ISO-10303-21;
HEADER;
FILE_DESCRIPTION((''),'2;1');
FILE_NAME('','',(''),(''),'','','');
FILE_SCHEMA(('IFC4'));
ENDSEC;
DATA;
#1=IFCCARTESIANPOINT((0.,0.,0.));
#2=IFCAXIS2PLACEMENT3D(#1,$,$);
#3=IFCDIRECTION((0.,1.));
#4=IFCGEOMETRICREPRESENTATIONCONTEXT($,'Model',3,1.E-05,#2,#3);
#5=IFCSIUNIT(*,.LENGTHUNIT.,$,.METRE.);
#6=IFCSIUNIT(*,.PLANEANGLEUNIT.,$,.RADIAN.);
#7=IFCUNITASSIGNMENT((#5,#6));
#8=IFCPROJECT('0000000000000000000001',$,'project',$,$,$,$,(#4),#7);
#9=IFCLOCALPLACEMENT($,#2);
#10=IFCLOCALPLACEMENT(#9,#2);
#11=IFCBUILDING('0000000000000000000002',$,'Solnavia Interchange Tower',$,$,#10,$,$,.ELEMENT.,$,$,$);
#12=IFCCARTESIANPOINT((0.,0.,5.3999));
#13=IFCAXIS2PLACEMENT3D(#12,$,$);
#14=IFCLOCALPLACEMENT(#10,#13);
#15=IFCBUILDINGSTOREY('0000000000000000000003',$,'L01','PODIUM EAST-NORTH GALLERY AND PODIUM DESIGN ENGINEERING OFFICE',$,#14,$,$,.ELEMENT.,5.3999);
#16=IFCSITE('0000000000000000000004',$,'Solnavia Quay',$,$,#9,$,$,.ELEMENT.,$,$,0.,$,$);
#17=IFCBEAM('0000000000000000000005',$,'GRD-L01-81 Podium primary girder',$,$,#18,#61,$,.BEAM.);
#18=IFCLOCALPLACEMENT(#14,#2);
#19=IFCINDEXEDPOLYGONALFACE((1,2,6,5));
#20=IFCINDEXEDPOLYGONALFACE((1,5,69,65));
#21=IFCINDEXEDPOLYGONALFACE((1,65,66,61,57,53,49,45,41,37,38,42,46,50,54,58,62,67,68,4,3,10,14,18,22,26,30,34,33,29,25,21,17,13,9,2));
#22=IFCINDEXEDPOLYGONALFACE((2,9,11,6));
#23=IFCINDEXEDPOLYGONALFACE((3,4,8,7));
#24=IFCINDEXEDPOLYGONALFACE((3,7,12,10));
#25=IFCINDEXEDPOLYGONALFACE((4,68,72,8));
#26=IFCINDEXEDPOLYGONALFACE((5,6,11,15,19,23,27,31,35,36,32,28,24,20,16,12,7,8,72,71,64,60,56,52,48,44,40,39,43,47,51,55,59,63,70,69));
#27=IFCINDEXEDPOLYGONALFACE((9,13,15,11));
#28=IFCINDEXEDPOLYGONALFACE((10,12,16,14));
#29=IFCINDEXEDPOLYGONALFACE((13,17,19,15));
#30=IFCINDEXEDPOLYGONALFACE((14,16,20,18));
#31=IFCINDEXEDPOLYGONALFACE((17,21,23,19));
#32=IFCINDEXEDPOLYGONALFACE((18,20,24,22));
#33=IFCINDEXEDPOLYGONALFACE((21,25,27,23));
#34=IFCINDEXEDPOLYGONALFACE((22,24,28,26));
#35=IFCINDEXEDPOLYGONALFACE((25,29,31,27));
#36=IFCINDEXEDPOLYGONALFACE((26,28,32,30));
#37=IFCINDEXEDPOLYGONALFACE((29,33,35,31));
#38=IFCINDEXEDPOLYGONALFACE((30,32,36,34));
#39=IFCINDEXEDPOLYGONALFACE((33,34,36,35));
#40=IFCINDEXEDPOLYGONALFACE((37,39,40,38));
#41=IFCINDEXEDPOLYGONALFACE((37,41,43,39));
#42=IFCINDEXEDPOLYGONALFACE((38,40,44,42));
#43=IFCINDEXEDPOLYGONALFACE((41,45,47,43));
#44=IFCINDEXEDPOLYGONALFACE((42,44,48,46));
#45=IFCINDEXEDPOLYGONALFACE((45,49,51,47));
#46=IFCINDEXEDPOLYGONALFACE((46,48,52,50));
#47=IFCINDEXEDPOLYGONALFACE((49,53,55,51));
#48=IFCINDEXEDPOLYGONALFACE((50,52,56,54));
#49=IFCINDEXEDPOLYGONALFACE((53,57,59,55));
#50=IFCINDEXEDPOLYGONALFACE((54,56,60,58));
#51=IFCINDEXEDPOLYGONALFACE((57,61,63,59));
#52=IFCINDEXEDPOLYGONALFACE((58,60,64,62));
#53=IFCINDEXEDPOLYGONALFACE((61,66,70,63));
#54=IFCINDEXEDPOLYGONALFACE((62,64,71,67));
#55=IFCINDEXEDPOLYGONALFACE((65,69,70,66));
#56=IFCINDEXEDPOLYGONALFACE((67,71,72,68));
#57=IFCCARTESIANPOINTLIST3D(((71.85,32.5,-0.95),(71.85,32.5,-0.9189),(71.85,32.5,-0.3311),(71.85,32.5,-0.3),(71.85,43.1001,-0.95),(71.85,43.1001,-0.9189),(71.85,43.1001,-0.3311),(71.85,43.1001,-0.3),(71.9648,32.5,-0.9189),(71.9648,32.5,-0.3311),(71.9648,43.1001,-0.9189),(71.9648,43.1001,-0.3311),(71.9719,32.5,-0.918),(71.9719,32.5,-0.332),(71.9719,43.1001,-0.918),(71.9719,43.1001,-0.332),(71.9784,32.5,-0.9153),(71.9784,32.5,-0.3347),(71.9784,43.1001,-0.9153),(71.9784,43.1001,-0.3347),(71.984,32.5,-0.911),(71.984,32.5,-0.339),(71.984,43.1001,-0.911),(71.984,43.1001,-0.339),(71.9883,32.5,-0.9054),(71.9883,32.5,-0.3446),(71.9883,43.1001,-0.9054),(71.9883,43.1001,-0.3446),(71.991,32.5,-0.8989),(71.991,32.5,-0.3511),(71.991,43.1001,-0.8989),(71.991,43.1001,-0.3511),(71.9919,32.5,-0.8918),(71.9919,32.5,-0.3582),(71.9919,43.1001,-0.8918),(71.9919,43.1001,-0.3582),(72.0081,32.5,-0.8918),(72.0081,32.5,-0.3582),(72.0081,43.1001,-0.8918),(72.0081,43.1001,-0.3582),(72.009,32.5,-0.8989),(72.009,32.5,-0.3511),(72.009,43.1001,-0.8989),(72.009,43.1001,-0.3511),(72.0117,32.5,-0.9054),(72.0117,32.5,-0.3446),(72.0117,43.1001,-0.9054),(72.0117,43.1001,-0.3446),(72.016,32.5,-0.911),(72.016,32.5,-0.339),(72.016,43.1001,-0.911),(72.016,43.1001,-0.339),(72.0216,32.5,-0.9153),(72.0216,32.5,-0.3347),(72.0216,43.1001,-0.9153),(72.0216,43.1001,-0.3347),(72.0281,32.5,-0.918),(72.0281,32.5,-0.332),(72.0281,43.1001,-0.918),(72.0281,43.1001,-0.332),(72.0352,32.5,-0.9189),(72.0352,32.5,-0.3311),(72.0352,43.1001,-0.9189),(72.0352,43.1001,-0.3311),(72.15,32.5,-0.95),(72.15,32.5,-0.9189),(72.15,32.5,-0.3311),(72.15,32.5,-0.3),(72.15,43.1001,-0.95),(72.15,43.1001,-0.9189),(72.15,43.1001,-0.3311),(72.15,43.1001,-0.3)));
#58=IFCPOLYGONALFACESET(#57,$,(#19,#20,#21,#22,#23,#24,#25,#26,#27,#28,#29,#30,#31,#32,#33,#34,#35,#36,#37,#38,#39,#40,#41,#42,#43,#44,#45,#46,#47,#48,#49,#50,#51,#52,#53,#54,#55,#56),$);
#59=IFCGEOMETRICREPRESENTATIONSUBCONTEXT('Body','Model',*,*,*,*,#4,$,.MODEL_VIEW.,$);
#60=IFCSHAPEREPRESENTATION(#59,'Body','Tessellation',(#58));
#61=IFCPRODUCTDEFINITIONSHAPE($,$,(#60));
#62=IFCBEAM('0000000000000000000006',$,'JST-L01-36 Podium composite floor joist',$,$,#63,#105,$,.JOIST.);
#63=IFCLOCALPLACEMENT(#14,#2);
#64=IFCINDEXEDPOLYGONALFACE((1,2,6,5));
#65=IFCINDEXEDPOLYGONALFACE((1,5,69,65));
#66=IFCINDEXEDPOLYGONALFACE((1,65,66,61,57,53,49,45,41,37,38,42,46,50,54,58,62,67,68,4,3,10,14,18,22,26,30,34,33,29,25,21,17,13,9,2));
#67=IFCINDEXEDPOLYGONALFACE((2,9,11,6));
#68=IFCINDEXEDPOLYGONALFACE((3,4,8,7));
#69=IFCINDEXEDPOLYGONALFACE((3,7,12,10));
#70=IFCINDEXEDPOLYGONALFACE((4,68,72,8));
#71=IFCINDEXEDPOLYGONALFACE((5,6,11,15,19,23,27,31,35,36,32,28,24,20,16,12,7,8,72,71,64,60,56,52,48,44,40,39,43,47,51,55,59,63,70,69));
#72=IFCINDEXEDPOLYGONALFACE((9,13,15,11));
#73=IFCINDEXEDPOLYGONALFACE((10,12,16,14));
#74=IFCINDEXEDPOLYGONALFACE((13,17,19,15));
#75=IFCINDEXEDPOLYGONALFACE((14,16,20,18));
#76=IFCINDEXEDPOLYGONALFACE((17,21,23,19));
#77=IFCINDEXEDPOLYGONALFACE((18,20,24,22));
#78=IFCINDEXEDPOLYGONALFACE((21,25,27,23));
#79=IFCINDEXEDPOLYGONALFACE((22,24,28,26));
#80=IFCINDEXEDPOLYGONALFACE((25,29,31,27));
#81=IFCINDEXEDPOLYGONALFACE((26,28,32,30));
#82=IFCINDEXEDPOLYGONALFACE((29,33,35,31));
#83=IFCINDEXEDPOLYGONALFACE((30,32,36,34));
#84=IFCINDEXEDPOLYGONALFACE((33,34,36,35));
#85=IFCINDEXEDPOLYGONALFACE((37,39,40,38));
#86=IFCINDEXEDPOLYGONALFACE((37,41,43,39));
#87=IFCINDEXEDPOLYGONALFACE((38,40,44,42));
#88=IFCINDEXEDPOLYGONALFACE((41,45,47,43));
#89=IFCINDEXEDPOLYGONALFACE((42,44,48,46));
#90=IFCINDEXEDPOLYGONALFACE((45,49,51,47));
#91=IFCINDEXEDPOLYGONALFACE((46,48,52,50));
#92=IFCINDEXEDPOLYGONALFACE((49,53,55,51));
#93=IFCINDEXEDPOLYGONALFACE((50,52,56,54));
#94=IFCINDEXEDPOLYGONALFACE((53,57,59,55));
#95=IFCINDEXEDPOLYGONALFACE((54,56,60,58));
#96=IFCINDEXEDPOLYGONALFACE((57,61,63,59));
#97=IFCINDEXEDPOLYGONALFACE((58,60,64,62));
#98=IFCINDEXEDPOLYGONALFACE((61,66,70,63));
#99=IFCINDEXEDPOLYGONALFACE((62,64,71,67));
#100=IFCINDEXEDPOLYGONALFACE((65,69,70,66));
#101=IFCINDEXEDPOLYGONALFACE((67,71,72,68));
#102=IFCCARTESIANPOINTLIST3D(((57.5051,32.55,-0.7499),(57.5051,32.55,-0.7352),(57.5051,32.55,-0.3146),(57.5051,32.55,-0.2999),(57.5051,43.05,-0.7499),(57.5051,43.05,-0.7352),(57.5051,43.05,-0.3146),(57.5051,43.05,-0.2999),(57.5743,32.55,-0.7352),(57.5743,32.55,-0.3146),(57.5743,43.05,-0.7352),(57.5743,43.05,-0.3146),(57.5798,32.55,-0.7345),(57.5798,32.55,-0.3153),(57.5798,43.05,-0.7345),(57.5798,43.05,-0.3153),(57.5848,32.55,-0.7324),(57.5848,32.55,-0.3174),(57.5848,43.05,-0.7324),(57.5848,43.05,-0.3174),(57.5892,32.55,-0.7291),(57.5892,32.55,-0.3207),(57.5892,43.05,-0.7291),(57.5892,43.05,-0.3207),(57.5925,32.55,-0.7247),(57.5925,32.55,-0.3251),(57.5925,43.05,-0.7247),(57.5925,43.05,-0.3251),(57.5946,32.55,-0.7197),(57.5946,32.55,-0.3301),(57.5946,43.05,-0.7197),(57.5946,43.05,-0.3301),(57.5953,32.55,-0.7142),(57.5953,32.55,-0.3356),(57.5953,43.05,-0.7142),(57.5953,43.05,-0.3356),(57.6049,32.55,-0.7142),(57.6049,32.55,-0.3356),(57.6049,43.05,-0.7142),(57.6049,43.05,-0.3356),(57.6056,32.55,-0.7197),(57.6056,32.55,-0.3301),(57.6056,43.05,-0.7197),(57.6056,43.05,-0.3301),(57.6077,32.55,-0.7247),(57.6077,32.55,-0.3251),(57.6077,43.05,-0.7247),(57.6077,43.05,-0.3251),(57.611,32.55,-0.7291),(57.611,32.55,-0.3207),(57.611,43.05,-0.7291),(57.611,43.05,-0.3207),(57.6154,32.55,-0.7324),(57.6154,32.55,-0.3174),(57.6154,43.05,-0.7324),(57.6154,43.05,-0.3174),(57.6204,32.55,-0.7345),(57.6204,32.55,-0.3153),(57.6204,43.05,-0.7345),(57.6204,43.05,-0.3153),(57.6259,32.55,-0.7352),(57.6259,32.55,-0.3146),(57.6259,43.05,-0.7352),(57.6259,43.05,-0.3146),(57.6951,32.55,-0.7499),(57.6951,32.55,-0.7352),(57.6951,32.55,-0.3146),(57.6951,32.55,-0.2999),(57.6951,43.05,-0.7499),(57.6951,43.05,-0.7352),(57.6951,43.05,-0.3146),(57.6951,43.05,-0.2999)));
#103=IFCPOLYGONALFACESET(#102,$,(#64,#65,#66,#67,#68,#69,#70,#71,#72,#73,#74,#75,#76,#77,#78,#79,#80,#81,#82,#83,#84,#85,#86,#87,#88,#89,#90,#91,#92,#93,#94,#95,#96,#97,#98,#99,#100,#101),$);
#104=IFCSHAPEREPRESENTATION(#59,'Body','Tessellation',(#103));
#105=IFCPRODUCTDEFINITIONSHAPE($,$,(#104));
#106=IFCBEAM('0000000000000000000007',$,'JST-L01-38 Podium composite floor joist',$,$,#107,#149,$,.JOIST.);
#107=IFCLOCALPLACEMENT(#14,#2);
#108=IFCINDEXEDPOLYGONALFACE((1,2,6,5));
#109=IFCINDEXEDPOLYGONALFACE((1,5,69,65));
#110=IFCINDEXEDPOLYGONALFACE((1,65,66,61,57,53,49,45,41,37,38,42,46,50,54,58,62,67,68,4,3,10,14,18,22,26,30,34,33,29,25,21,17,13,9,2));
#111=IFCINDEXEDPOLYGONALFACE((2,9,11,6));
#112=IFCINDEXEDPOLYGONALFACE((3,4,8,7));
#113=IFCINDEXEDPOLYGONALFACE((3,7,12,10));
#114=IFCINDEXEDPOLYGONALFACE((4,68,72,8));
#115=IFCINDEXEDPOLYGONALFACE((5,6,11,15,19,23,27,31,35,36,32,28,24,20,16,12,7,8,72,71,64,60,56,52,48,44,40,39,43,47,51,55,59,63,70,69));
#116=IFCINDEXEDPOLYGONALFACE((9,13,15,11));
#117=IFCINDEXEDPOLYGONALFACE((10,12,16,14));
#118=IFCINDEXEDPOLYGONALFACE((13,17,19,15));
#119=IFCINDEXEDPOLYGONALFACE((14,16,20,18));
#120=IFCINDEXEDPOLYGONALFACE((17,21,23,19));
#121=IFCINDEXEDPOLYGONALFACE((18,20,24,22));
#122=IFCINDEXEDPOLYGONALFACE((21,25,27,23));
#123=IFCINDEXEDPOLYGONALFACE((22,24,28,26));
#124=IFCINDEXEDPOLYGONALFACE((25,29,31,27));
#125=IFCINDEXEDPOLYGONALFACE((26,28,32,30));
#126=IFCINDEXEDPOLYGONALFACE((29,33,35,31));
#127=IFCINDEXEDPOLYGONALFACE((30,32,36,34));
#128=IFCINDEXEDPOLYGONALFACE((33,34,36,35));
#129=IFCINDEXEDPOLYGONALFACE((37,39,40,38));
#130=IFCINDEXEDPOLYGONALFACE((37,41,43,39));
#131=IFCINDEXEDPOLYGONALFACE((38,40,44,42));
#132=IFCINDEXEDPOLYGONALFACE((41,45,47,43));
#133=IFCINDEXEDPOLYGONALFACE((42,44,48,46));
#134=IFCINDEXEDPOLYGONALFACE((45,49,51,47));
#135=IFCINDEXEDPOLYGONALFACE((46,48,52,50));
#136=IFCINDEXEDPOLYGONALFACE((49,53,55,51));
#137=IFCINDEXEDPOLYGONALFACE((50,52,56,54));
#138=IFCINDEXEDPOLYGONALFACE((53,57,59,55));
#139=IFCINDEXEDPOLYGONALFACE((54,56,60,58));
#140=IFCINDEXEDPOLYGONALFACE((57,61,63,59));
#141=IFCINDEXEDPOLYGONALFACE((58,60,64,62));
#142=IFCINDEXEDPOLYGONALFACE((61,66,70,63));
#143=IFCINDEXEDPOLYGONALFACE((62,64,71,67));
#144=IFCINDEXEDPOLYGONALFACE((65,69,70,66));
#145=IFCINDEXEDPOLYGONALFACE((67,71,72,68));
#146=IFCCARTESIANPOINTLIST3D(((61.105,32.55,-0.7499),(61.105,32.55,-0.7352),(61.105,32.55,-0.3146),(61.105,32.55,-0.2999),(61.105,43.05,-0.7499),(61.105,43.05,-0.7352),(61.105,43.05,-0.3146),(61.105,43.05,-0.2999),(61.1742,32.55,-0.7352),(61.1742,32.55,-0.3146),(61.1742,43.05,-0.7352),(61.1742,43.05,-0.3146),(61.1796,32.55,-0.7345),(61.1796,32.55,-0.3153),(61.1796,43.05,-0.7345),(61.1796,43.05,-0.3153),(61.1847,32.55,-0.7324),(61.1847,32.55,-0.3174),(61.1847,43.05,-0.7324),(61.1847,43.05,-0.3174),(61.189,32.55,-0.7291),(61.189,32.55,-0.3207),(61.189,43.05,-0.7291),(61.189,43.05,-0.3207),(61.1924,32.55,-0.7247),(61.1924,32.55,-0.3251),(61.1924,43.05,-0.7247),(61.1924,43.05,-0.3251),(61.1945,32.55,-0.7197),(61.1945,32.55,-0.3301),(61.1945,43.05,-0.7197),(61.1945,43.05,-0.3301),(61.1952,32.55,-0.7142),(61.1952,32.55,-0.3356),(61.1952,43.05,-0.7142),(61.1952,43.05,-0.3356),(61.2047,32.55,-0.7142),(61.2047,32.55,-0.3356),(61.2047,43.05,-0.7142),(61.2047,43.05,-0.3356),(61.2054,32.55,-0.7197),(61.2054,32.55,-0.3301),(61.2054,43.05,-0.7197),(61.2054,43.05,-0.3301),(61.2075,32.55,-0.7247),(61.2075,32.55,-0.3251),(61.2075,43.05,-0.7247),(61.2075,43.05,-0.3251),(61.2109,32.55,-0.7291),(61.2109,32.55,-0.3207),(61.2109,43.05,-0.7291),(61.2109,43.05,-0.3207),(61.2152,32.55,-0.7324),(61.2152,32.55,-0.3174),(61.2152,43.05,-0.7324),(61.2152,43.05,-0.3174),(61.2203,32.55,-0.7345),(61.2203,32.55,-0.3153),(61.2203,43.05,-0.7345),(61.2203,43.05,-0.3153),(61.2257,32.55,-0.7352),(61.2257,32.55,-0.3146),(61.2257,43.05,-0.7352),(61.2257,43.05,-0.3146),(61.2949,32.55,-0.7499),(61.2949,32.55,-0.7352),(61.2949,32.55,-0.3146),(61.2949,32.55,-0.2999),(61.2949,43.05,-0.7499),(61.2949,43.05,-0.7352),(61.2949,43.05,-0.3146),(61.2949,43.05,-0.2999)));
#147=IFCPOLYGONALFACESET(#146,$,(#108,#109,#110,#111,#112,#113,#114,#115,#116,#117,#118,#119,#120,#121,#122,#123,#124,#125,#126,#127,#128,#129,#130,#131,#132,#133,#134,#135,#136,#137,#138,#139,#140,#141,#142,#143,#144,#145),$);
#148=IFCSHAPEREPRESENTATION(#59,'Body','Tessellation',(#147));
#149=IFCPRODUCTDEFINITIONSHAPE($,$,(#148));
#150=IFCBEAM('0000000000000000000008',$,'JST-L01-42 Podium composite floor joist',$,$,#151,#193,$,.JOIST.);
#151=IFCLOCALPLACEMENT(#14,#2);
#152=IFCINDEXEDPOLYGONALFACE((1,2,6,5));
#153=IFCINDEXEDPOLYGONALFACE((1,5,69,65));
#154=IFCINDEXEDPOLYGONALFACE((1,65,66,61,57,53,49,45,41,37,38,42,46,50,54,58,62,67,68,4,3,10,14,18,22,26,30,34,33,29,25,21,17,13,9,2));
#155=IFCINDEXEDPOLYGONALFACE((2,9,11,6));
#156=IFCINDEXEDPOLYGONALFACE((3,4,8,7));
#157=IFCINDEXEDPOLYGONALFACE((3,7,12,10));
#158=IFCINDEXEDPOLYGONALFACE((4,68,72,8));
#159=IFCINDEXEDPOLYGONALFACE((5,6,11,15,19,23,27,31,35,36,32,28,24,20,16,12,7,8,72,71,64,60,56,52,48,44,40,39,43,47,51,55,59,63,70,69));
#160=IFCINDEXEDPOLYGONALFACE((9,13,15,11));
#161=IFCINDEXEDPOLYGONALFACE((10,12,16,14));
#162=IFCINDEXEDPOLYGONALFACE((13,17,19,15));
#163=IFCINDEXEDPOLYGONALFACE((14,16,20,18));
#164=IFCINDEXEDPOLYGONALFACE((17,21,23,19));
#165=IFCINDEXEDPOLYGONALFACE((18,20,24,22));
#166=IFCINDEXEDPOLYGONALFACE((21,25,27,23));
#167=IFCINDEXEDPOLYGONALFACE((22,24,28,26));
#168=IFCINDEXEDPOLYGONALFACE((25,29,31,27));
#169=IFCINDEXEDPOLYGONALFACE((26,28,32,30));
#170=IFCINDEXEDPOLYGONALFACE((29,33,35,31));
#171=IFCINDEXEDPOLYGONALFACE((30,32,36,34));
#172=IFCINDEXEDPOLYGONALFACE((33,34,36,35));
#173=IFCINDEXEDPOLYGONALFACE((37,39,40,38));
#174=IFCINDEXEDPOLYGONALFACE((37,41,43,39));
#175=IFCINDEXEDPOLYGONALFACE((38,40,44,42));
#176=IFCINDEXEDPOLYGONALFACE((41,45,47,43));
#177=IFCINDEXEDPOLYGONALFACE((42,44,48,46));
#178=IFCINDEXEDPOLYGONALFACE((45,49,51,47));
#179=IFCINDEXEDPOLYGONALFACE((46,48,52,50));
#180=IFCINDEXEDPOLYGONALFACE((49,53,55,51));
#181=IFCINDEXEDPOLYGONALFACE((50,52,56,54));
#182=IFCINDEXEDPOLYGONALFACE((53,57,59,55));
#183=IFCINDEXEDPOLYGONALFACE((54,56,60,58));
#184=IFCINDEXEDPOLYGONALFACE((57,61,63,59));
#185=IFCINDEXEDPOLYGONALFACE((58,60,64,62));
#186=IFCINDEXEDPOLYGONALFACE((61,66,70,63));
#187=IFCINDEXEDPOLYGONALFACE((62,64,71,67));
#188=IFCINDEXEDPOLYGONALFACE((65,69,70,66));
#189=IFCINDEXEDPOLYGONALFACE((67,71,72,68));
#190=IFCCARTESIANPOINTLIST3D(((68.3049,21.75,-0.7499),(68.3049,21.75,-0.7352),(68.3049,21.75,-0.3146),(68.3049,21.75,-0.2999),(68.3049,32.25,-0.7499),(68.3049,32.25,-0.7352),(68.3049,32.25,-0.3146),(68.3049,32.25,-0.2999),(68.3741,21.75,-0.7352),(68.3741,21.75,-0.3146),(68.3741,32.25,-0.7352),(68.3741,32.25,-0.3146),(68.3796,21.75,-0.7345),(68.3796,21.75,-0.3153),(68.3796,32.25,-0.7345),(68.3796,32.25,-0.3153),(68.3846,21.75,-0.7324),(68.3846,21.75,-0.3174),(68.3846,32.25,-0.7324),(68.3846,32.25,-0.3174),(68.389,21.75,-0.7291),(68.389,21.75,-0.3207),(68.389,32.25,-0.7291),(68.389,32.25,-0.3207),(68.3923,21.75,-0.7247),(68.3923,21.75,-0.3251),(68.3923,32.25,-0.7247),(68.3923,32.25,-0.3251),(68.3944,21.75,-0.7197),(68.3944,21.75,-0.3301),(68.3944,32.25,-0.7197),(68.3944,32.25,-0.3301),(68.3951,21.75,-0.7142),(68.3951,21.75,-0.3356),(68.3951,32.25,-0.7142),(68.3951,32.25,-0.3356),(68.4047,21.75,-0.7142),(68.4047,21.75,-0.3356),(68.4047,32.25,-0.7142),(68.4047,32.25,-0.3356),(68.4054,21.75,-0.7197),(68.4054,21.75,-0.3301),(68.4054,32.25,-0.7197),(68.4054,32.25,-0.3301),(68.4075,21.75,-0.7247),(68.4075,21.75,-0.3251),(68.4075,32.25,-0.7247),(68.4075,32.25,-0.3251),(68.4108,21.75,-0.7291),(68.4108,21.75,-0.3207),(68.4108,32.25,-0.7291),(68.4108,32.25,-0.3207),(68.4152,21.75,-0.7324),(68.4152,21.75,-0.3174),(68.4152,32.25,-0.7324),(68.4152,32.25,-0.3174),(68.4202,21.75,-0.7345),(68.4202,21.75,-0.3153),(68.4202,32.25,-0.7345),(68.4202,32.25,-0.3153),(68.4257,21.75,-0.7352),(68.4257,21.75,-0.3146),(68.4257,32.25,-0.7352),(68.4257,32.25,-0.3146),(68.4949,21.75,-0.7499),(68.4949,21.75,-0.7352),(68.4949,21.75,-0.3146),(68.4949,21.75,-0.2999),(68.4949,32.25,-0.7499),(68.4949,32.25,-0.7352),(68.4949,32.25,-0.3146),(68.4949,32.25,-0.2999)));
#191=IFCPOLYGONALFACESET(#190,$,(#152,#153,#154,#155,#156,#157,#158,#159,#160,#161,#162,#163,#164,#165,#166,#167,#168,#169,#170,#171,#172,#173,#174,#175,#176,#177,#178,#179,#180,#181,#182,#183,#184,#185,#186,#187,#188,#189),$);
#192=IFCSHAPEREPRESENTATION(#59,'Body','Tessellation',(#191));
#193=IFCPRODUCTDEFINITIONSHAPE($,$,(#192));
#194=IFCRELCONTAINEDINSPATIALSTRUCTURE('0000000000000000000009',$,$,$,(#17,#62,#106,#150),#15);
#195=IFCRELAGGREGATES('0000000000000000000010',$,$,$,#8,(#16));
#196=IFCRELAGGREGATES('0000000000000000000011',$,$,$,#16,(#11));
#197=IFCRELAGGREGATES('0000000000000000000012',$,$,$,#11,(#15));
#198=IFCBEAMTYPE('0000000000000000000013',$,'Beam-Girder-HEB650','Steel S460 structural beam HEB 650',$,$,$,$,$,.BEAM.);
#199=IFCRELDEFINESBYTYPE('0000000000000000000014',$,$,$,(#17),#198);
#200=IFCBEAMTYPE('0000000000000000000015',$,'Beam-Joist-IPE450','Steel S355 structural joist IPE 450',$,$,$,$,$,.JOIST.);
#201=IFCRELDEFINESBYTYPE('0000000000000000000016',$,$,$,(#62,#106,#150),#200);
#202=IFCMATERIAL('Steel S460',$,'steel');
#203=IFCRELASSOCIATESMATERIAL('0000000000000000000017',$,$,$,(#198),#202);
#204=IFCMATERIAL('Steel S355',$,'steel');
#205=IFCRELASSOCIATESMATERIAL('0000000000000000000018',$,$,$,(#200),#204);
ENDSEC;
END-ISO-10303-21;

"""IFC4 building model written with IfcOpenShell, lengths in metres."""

from ifc_helpers import new_model, si_unit, direction, frame, origin, origin_2d, place, context, subcontext, project, spatial, i_section, extrude, material, material_profile, profile_set, type_object, element, save


model = new_model("IFC4")

# Units and contexts
model_context = context("Model", 3, precision=1e-05, world=origin(), true_north=direction((0.0, 1.0)))
body_context = subcontext(model_context, "Body", "Model", "MODEL_VIEW")
ifc_project = project(units=[si_unit("LENGTHUNIT", "METRE"), si_unit("PLANEANGLEUNIT", "RADIAN")], contexts=[model_context])

# Site, building, storey
site_placement = place(None, origin())
site = spatial("IfcSite", under=ifc_project, at=site_placement, Name="Solnavia Quay", CompositionType="ELEMENT", RefElevation=0.0)
building_placement = place(site_placement, origin())
building = spatial("IfcBuilding", under=site, at=building_placement, Name="Solnavia Interchange Tower", CompositionType="ELEMENT")
storey_placement = place(building_placement, frame((0.0, 0.0, 5.3999)))
storey = spatial("IfcBuildingStorey", under=building, at=storey_placement, Name="L01", Description="PODIUM EAST-NORTH GALLERY AND PODIUM DESIGN ENGINEERING OFFICE", CompositionType="ELEMENT", Elevation=5.3999)

# Beams
ifc_material_1 = material(Name="Steel S460", Category="steel")
ifc_material_profile_1 = material_profile(ifc_material_1, i_section(OverallWidth=0.3, OverallDepth=0.6499, WebThickness=0.0161, FlangeThickness=0.031, FilletRadius=0.0271, at=origin_2d()), Name="HEB 650")
ifc_profile_set_1 = profile_set([ifc_material_profile_1], Name="Steel S460")
beam_type_1 = type_object("IfcBeamType", Name="Beam-Girder-HEB650", Description="Steel S460 structural beam HEB 650", PredefinedType="BEAM", material=ifc_profile_set_1)
for number, where, z_axis, x_axis, name in (
    (1, (72.0, 32.5, -0.625), (0.0, 1.0, 0.0), (-1.0, 0.0, 0.0), "GRD-L01-81 Podium primary girder"),
):
    element("IfcBeam", number, at=place(storey_placement, frame(where, z_axis=z_axis, x_axis=x_axis)), inside=storey, type_object=beam_type_1, Name=name, PredefinedType="BEAM", context=body_context, shape_type="SweptSolid", body=[
        extrude(i_section(OverallWidth=0.3, OverallDepth=0.6499, WebThickness=0.0161, FlangeThickness=0.031, FilletRadius=0.0271, at=origin_2d()), origin(), (0.0, 0.0, 1.0), 10.6001),
    ])
ifc_material_2 = material(Name="Steel S355", Category="steel")
ifc_material_profile_2 = material_profile(ifc_material_2, i_section(OverallWidth=0.1899, OverallDepth=0.45, WebThickness=0.0095, FlangeThickness=0.0146, FilletRadius=0.021, at=origin_2d()), Name="IPE 450")
ifc_profile_set_2 = profile_set([ifc_material_profile_2], Name="Steel S355")
beam_type_2 = type_object("IfcBeamType", Name="Beam-Joist-IPE450", Description="Steel S355 structural joist IPE 450", PredefinedType="JOIST", material=ifc_profile_set_2)
for number, where, z_axis, x_axis, name in (
    (2, (57.6001, 32.55, -0.5249), (0.0, 1.0, 0.0), (-1.0, 0.0, 0.0), "JST-L01-36 Podium composite floor joist"),
    (3, (61.2, 32.55, -0.5249), (0.0, 1.0, 0.0), (-1.0, 0.0, 0.0), "JST-L01-38 Podium composite floor joist"),
    (4, (68.3999, 21.75, -0.5249), (0.0, 1.0, 0.0), (-1.0, 0.0, 0.0), "JST-L01-42 Podium composite floor joist"),
):
    element("IfcBeam", number, at=place(storey_placement, frame(where, z_axis=z_axis, x_axis=x_axis)), inside=storey, type_object=beam_type_2, Name=name, PredefinedType="JOIST", context=body_context, shape_type="SweptSolid", body=[
        extrude(i_section(OverallWidth=0.1899, OverallDepth=0.45, WebThickness=0.0095, FlangeThickness=0.0146, FilletRadius=0.021, at=origin_2d()), origin(), (0.0, 0.0, 1.0), 10.5),
    ])

save(model, "model.ifc")
